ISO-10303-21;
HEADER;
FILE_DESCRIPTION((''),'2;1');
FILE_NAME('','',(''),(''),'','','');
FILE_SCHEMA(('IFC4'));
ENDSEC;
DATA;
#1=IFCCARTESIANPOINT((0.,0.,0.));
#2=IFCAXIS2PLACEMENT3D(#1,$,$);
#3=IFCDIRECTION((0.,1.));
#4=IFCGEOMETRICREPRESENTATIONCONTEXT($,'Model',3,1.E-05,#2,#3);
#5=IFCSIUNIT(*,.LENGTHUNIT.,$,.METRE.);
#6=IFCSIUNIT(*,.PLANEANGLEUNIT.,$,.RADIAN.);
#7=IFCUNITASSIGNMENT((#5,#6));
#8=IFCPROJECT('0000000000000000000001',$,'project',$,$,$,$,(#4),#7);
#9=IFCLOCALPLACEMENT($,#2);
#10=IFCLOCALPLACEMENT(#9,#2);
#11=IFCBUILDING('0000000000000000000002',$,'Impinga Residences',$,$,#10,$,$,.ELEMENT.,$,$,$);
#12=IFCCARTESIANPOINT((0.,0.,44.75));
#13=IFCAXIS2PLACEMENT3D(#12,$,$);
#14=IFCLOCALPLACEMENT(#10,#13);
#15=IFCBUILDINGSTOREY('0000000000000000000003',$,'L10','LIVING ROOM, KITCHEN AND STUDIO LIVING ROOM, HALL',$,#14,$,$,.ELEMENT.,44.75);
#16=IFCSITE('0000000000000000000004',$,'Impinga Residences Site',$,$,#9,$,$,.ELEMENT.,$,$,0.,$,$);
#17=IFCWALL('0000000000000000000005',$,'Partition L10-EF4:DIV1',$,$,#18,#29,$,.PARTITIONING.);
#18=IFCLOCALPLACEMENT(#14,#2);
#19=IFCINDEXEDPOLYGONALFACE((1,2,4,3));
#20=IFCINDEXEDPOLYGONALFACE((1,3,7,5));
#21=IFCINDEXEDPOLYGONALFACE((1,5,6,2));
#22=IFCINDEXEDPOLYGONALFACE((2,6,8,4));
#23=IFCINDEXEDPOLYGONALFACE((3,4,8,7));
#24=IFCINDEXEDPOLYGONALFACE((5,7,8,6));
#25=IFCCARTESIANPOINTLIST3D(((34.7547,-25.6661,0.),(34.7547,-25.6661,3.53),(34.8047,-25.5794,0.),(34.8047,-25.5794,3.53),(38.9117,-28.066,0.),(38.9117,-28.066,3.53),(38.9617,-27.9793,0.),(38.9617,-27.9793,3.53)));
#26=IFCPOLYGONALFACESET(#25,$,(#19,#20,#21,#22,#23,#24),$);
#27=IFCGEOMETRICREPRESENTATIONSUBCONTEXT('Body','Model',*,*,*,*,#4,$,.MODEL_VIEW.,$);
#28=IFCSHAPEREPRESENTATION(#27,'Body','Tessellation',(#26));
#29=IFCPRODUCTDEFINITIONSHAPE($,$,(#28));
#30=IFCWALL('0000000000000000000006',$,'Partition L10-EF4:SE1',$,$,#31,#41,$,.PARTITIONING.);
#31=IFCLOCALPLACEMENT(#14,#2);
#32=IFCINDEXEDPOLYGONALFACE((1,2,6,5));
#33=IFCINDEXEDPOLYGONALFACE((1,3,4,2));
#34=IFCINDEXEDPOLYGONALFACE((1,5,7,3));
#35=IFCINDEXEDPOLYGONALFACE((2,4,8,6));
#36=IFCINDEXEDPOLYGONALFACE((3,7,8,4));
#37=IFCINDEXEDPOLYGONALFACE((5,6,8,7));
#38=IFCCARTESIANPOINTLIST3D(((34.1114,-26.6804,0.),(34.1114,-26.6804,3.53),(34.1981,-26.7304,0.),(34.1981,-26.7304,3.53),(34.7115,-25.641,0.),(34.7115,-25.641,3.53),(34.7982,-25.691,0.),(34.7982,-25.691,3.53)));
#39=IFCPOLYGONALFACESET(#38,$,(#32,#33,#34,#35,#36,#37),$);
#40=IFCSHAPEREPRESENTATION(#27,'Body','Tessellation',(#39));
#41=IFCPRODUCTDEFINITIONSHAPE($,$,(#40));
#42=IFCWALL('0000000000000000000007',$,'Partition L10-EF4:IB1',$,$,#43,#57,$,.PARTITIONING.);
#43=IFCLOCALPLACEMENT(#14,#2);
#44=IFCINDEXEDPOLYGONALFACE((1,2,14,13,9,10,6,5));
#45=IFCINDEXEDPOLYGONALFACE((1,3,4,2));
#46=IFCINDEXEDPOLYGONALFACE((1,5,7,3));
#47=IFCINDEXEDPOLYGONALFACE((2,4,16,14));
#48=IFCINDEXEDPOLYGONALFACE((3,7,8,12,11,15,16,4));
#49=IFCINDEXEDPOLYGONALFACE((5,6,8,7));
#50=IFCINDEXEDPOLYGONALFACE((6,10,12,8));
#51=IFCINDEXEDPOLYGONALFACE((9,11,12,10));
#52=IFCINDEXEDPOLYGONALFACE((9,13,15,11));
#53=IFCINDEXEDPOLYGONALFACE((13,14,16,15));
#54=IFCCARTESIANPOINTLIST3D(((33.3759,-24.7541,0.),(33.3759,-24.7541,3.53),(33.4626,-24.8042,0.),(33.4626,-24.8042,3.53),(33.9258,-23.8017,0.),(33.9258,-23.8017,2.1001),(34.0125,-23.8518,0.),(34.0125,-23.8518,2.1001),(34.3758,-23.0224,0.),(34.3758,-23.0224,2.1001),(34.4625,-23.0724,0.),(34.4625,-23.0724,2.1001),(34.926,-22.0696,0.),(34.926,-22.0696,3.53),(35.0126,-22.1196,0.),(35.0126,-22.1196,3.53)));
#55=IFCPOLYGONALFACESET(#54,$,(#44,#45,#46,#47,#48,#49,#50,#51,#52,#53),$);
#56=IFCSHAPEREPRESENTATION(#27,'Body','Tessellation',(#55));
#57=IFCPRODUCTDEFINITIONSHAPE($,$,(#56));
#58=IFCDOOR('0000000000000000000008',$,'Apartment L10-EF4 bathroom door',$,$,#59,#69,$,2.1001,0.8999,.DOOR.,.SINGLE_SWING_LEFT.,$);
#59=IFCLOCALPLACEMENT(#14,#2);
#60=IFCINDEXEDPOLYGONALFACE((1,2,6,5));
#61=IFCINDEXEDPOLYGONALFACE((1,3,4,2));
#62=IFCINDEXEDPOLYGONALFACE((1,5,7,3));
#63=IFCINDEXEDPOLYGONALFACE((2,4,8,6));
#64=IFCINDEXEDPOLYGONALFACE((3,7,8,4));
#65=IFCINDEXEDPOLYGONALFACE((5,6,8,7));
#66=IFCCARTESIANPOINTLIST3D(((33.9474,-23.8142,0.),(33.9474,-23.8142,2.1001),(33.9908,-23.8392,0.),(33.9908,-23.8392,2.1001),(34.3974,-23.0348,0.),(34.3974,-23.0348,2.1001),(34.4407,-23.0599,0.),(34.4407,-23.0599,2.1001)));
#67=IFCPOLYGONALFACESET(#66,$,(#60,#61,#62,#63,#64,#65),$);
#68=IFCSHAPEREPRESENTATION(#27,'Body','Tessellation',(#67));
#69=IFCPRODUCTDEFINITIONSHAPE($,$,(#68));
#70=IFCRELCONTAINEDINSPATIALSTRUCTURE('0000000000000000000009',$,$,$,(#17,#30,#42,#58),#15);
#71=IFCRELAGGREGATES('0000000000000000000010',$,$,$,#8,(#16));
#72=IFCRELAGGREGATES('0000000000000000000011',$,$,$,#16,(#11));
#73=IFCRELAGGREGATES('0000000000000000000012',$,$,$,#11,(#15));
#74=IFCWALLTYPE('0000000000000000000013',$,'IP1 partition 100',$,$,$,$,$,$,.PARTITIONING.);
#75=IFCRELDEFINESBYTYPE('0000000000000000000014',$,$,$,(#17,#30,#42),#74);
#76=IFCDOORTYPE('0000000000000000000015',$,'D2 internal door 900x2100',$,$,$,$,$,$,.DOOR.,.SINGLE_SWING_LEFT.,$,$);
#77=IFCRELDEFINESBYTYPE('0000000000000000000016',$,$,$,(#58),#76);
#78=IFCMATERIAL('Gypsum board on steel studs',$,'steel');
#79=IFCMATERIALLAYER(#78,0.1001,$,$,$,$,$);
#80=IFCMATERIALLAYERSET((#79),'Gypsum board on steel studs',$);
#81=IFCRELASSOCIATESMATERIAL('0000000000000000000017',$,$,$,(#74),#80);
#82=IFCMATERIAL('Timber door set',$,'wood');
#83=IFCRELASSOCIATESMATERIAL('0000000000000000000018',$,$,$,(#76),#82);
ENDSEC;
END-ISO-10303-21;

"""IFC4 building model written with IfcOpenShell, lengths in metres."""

from ifc_helpers import new_model, si_unit, direction, frame, frame_2d, origin, place, context, subcontext, project, spatial, rectangle, extrude, material, layer, layer_set, type_object, element, fill, save


model = new_model("IFC4")

# Units and contexts
model_context = context("Model", 3, precision=1e-05, world=origin(), true_north=direction((0.0, 1.0)))
body_context = subcontext(model_context, "Body", "Model", "MODEL_VIEW")
ifc_project = project(units=[si_unit("LENGTHUNIT", "METRE"), si_unit("PLANEANGLEUNIT", "RADIAN")], contexts=[model_context])

# Site, building, storey
site_placement = place(None, origin())
site = spatial("IfcSite", under=ifc_project, at=site_placement, Name="Impinga Residences Site", CompositionType="ELEMENT", RefElevation=0.0)
building_placement = place(site_placement, origin())
building = spatial("IfcBuilding", under=site, at=building_placement, Name="Impinga Residences", CompositionType="ELEMENT")
storey_placement = place(building_placement, frame((0.0, 0.0, 44.75)))
storey = spatial("IfcBuildingStorey", under=building, at=storey_placement, Name="L10", Description="LIVING ROOM, KITCHEN AND STUDIO LIVING ROOM, HALL", CompositionType="ELEMENT", Elevation=44.75)

# Shared definitions
ifc_material_1 = material(Name="Gypsum board on steel studs", Category="steel")
ifc_layer_1 = layer(ifc_material_1, 0.1001)
ifc_layer_set_1 = layer_set([ifc_layer_1], Name="Gypsum board on steel studs")
wall_type_1 = type_object("IfcWallType", Name="IP1 partition 100", PredefinedType="PARTITIONING", material=ifc_layer_set_1)
ifc_material_2 = material(Name="Timber door set", Category="wood")
door_type = type_object("IfcDoorType", Name="D2 internal door 900x2100", OperationType="SINGLE_SWING_LEFT", PredefinedType="DOOR", material=ifc_material_2)

# Walls
wall_1_placement = place(storey_placement, frame((34.7798, -25.6228, 0.0), z_axis=(0.0, 0.0, 1.0), x_axis=(0.866037, -0.499979, 0.0)))
element("IfcWall", 1, at=wall_1_placement, inside=storey, type_object=wall_type_1, Name="Partition L10-EF4:DIV1", PredefinedType="PARTITIONING", context=body_context, shape_type="SweptSolid", body=[
    extrude(rectangle(XDim=4.8, YDim=0.1001, at=frame_2d((2.3999, 0.0))), origin(), (0.0, 0.0, 1.0), 3.53),
])
wall_2_placement = place(storey_placement, frame((34.7549, -25.666, 0.0), z_axis=(0.0, 0.0, 1.0), x_axis=(-0.500034, -0.866006, 0.0)))
element("IfcWall", 2, at=wall_2_placement, inside=storey, type_object=wall_type_1, Name="Partition L10-EF4:SE1", PredefinedType="PARTITIONING", context=body_context, shape_type="SweptSolid", body=[
    extrude(rectangle(XDim=1.2002, YDim=0.1001, at=frame_2d((0.6001, 0.0))), origin(), (0.0, 0.0, 1.0), 3.53),
])

# Wall, opening, door
wall_3_placement = place(storey_placement, frame((34.9692, -22.0947, 0.0), z_axis=(0.0, 0.0, 1.0), x_axis=(-0.500027, -0.86601, 0.0)))
wall_3 = element("IfcWall", 3, at=wall_3_placement, inside=storey, type_object=wall_type_1, Name="Partition L10-EF4:IB1", PredefinedType="PARTITIONING", context=body_context, shape_type="SweptSolid", body=[
    extrude(rectangle(XDim=3.0999, YDim=0.1001, at=frame_2d((1.5498, 0.0))), origin(), (0.0, 0.0, 1.0), 3.53),
])
opening_1_placement = place(wall_3_placement, frame((1.1001, 0.0, 0.0)))
opening_1 = element("IfcOpeningElement", 4, at=opening_1_placement, cuts=wall_3, PredefinedType="OPENING", context=body_context, shape_type="SweptSolid", body=[
    extrude(rectangle(XDim=0.8999, YDim=2.1001, at=frame_2d((0.45, 1.05))), frame((0.0, 0.0601, 0.0), z_axis=(0.0, -1.0, 0.0), x_axis=(1.0, 0.0, 0.0)), (0.0, 0.0, 1.0), 0.1201),
])
door_1_placement = place(opening_1_placement, origin())
door_1 = element("IfcDoor", 5, at=door_1_placement, inside=storey, type_object=door_type, Name="Apartment L10-EF4 bathroom door", OperationType="SINGLE_SWING_LEFT", OverallHeight=2.1001, OverallWidth=0.8999, PredefinedType="DOOR", context=body_context, shape_type="SweptSolid", body=[
    extrude(rectangle(XDim=0.8999, YDim=2.1001, at=frame_2d((0.45, 1.05))), frame((0.0, 0.0249, 0.0), z_axis=(0.0, -1.0, 0.0), x_axis=(1.0, 0.0, 0.0)), (0.0, 0.0, 1.0), 0.05),
])
fill(opening_1, door_1)

save(model, "model.ifc")
